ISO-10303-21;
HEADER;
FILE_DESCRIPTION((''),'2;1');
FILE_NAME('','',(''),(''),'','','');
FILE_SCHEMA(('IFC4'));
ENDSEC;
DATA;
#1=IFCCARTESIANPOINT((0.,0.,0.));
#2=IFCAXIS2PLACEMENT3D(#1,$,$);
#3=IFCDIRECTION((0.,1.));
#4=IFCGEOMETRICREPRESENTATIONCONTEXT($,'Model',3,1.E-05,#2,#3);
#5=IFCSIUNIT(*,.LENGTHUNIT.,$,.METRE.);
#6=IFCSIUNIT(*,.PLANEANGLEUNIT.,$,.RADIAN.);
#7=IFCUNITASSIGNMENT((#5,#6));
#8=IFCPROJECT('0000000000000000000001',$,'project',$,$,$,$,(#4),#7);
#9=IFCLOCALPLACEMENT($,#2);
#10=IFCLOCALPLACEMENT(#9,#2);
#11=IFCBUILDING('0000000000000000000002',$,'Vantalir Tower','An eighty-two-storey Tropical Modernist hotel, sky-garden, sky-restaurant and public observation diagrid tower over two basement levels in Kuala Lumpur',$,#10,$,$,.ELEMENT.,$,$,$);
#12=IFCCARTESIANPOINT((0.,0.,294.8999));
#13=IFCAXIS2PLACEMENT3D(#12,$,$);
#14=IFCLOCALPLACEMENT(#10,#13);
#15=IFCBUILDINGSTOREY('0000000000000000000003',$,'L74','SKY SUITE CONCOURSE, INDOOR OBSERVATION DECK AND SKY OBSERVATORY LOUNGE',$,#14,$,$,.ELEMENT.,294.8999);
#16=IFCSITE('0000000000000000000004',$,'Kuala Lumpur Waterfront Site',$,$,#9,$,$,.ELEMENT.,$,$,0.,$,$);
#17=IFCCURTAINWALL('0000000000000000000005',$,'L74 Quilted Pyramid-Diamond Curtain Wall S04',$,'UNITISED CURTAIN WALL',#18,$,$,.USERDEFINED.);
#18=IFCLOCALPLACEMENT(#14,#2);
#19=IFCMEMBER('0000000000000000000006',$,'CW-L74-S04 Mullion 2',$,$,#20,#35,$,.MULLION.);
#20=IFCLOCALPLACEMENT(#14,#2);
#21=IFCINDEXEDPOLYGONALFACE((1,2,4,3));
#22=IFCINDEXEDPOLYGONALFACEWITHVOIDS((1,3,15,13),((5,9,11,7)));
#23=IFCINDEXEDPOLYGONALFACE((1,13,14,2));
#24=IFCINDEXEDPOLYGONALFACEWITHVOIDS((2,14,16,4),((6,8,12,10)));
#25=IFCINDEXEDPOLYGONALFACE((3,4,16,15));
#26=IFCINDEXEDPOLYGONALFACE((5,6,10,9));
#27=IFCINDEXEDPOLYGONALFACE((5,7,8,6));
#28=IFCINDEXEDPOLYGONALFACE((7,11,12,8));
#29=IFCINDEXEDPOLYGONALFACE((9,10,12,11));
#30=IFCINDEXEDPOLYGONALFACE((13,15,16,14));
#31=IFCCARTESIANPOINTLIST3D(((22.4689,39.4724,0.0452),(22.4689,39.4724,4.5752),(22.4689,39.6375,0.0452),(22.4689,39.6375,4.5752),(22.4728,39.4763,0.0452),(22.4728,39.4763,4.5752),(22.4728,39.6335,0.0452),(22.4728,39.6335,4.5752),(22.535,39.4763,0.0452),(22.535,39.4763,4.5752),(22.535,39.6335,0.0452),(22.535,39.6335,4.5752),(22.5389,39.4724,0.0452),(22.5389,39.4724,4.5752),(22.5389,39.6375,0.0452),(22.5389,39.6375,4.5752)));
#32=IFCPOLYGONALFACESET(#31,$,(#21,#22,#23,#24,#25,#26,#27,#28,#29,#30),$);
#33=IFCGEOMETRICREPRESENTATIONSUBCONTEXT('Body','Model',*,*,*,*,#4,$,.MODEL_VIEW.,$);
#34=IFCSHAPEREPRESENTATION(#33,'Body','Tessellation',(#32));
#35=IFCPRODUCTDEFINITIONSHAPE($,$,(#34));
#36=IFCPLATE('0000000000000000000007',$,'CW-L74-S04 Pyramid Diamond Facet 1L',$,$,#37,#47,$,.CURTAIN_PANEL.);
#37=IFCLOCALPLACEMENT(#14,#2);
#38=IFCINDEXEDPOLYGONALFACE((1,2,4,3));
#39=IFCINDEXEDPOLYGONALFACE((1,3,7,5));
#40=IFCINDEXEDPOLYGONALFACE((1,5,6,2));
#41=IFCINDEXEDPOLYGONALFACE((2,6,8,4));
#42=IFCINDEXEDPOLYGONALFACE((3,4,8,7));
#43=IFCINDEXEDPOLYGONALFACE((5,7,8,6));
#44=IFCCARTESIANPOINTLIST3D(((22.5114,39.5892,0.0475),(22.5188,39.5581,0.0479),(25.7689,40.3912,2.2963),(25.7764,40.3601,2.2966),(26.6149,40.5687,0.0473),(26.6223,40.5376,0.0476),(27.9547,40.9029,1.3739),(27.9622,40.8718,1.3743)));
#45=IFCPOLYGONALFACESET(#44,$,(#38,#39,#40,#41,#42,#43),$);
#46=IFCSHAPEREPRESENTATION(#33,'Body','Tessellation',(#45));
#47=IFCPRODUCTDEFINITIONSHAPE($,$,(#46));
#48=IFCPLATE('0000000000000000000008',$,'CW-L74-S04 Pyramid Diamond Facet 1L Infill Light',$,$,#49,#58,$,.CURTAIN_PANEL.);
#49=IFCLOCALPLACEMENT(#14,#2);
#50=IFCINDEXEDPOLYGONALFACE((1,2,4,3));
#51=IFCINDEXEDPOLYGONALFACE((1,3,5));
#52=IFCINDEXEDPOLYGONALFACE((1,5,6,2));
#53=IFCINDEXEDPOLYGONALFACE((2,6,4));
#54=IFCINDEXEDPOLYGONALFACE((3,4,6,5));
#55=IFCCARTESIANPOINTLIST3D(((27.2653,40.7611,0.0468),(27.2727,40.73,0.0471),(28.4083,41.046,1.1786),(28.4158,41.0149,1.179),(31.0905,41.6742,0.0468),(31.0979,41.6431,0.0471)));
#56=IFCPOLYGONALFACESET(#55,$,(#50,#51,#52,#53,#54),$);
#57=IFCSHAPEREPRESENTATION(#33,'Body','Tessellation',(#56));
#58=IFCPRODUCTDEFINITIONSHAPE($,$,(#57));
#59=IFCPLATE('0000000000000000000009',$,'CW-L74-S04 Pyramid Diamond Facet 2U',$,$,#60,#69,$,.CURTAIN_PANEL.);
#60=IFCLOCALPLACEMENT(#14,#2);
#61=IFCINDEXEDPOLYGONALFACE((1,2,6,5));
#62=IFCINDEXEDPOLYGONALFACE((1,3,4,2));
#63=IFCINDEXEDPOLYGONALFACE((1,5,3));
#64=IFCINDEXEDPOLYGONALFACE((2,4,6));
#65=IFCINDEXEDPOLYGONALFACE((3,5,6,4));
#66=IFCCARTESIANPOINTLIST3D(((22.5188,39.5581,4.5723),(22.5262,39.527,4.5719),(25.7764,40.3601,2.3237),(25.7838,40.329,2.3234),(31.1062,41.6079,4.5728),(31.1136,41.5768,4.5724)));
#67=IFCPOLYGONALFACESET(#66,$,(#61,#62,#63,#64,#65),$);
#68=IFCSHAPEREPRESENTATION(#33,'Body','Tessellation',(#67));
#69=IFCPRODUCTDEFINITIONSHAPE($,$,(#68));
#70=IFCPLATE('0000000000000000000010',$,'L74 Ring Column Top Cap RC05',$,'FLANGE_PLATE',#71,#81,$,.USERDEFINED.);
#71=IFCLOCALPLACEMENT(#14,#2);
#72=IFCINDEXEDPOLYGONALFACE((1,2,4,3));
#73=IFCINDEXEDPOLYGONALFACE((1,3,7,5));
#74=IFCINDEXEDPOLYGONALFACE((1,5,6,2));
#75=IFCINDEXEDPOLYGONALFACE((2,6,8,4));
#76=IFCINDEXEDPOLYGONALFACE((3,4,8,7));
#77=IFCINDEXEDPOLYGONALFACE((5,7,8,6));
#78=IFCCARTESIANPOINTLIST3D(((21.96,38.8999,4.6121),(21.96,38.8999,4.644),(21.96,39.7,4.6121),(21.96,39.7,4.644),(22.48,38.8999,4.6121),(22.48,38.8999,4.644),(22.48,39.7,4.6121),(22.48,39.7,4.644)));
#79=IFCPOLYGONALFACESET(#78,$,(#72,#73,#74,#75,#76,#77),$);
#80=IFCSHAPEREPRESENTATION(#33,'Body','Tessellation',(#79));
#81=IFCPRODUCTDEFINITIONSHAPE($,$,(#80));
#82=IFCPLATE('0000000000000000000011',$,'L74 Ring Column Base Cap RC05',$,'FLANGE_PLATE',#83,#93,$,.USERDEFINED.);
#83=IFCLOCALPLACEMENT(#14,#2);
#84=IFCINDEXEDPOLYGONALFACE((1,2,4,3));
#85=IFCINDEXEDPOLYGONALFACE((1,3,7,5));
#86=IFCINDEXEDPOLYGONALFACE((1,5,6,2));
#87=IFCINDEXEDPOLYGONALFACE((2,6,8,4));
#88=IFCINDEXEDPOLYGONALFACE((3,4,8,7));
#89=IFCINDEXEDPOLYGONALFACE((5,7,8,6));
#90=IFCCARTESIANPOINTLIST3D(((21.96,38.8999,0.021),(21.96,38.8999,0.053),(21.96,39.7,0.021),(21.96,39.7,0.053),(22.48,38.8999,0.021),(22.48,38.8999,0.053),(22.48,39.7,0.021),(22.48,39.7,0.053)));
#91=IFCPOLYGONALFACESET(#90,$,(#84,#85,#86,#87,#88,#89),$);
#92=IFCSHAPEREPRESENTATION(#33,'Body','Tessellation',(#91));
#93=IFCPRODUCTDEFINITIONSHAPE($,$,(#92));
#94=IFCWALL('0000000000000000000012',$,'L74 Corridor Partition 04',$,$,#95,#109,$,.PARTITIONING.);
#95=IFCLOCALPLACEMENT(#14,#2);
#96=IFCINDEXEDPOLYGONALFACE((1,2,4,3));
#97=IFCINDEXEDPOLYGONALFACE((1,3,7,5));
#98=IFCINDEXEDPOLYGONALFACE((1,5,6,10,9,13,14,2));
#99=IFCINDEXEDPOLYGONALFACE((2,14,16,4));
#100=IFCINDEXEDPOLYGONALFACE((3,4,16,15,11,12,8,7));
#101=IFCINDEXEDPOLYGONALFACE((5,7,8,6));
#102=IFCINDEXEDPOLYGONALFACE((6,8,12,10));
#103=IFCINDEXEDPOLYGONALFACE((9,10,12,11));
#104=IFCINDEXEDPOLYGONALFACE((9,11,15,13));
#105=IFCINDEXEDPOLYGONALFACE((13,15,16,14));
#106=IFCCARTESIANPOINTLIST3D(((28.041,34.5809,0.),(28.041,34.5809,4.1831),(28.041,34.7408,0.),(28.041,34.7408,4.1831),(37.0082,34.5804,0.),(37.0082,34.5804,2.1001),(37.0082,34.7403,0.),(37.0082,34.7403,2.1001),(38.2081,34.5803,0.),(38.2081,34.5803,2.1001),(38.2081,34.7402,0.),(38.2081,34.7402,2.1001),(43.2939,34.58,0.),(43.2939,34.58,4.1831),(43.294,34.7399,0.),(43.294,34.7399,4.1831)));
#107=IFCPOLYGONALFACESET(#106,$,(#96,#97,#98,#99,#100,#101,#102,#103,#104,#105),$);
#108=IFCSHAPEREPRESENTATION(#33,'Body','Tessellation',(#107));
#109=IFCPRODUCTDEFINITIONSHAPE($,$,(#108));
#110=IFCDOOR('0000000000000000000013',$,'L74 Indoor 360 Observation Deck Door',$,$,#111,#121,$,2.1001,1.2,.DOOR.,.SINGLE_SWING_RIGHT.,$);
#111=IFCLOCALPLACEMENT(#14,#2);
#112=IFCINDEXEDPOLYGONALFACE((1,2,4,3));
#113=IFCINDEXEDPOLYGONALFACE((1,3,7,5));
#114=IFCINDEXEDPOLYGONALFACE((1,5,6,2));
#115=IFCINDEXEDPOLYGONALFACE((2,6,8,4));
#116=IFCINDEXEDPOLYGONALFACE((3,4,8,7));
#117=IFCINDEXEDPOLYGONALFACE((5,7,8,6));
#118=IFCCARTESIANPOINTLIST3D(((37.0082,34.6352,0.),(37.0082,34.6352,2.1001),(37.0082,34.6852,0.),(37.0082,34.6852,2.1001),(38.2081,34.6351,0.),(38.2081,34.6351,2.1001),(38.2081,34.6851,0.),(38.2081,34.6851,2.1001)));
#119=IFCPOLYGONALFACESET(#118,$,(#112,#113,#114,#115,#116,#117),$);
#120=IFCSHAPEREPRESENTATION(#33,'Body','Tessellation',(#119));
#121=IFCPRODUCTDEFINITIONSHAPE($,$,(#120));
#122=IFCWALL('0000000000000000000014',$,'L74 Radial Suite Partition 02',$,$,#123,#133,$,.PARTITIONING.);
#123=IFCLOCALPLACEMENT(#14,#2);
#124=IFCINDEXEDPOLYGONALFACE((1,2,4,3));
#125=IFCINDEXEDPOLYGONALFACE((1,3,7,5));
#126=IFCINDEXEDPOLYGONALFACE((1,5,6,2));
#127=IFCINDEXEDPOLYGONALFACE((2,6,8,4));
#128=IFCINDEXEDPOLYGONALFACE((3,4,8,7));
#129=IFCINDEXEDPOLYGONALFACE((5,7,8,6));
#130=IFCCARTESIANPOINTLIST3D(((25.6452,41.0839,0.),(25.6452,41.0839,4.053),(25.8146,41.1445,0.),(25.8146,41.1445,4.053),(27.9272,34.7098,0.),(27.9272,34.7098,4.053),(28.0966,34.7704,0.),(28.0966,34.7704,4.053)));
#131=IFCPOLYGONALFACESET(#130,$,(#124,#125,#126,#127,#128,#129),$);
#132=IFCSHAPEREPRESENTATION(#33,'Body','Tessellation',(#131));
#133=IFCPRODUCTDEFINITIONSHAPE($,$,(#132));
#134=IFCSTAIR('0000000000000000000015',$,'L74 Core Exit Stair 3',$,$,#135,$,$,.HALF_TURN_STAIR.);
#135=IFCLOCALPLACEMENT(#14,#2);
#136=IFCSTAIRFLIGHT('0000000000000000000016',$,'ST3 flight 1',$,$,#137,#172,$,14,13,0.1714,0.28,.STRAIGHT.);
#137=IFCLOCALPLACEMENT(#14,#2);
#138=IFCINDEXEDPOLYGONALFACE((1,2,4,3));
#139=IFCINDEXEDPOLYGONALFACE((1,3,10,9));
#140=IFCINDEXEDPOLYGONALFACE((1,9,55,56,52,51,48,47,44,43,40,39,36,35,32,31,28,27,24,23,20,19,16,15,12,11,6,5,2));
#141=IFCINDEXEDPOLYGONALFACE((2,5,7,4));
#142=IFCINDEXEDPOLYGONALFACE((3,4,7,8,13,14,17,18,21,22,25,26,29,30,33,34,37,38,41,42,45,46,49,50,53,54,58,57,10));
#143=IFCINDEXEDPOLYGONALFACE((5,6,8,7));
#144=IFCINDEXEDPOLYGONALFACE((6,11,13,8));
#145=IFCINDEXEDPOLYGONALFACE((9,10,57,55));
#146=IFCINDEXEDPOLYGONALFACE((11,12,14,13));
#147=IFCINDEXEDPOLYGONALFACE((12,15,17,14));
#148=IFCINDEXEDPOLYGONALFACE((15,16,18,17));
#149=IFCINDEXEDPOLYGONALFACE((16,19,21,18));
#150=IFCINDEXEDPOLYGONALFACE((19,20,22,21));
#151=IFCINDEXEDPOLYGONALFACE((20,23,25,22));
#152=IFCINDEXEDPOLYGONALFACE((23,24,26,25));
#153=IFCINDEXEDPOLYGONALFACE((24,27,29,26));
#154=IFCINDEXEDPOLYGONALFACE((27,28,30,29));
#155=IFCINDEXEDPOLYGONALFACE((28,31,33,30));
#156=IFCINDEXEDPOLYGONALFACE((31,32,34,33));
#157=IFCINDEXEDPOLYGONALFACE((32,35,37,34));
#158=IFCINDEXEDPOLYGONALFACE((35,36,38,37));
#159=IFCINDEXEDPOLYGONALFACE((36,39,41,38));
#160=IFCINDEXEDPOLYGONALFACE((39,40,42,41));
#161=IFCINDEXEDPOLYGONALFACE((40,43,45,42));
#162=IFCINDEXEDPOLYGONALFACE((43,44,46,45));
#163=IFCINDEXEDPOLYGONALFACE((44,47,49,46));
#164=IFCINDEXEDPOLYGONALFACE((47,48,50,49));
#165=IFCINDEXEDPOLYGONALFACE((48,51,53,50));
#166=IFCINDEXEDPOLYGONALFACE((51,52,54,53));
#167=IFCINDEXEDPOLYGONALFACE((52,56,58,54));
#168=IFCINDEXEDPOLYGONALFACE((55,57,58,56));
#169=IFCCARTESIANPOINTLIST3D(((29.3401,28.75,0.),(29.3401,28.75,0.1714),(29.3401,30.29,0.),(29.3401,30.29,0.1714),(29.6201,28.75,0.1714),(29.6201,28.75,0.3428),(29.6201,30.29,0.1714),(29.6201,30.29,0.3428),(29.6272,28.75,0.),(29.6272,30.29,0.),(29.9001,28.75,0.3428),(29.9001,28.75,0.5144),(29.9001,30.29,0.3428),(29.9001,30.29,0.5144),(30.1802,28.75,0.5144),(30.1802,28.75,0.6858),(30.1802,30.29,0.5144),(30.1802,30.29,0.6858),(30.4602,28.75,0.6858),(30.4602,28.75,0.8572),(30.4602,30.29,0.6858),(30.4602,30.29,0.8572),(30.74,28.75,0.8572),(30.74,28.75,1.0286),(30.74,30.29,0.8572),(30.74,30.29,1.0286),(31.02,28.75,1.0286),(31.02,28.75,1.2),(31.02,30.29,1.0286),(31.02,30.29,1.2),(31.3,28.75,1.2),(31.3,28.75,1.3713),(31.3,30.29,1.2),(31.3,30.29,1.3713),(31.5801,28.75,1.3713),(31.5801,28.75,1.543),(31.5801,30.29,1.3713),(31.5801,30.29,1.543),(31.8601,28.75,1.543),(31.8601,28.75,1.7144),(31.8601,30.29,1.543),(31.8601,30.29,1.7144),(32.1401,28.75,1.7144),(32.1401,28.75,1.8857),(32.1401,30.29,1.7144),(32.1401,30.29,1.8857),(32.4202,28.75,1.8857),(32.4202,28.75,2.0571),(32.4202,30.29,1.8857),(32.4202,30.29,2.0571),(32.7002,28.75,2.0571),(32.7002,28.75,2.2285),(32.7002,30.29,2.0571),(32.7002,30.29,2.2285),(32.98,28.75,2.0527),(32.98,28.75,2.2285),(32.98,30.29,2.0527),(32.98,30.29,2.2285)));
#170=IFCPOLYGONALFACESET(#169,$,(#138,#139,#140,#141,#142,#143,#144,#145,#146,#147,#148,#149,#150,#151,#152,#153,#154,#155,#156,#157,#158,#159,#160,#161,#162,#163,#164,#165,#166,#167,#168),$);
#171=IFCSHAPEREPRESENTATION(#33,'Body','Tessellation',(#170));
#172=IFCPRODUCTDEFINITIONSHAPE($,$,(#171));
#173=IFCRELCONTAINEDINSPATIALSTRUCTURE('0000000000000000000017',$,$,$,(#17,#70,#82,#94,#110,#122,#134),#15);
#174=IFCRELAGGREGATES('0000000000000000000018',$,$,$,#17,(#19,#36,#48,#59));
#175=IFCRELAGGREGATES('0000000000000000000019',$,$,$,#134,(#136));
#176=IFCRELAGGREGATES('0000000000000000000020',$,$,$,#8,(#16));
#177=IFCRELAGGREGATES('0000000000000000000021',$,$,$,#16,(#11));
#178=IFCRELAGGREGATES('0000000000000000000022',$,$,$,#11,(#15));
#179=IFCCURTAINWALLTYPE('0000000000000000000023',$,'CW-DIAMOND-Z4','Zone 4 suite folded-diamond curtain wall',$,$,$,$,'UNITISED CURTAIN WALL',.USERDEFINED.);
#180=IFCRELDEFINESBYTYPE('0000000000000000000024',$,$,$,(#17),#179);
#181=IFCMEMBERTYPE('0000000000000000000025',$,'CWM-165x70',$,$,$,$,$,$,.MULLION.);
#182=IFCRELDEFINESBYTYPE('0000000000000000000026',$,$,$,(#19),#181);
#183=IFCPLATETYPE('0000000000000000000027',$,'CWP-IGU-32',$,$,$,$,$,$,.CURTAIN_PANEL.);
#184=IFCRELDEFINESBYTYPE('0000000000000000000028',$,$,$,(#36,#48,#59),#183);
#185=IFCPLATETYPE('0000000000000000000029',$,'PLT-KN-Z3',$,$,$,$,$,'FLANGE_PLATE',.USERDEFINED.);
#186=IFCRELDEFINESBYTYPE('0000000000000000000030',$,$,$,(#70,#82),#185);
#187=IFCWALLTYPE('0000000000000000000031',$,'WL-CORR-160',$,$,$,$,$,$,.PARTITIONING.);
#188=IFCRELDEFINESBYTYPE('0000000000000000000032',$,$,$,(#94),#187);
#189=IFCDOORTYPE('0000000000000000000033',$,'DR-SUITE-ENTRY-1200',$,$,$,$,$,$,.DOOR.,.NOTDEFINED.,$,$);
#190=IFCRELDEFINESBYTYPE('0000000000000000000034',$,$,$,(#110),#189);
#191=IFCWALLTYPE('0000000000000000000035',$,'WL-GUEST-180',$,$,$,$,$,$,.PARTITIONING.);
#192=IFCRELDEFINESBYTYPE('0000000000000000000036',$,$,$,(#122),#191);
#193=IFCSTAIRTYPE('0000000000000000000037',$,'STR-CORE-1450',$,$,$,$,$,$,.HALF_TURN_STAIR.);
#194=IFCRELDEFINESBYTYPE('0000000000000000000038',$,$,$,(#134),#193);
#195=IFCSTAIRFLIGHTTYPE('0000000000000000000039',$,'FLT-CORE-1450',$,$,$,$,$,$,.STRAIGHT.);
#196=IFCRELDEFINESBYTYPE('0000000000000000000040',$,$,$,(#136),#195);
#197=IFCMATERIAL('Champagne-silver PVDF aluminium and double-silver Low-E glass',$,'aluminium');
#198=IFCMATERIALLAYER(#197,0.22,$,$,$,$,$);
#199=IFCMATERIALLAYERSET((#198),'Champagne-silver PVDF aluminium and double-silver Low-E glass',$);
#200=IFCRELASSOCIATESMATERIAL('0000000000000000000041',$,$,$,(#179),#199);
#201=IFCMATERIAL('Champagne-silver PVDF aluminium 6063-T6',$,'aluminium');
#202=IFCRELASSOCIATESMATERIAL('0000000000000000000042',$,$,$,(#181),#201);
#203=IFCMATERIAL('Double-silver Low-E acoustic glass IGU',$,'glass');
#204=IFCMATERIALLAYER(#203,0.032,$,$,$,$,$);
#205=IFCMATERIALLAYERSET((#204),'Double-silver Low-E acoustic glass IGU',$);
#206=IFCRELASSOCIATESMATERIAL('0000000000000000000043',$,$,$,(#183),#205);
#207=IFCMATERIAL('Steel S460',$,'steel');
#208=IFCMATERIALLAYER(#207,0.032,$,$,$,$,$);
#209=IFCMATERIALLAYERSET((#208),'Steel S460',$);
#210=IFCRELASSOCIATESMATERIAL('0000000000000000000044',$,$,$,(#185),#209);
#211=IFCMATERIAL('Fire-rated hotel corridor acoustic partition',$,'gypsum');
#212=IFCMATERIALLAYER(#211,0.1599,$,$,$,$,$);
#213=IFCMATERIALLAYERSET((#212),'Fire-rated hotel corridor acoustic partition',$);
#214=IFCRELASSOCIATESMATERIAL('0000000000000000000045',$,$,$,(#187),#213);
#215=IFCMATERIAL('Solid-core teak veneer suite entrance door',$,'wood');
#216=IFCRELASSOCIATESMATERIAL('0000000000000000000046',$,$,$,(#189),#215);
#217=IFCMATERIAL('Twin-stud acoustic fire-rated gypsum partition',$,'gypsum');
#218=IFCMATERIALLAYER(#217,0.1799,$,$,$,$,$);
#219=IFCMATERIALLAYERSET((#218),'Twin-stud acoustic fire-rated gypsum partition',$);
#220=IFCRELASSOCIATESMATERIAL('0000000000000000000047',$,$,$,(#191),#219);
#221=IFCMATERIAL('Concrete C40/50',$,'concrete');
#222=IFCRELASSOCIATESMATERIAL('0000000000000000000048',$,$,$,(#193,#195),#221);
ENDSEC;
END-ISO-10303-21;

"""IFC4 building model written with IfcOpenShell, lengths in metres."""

from ifc_helpers import new_model, si_unit, direction, frame, frame_2d, origin, origin_2d, place, context, subcontext, project, spatial, polyline, rectangle, hollow_rectangle, outline, extrude, material, layer, layer_set, material_profile, profile_set, type_object, element, fill, aggregate, save


model = new_model("IFC4")

# Units and contexts
model_context = context("Model", 3, precision=1e-05, world=origin(), true_north=direction((0.0, 1.0)))
body_context = subcontext(model_context, "Body", "Model", "MODEL_VIEW")
ifc_project = project(units=[si_unit("LENGTHUNIT", "METRE"), si_unit("PLANEANGLEUNIT", "RADIAN")], contexts=[model_context])

# Site, building, storey
site_placement = place(None, origin())
site = spatial("IfcSite", under=ifc_project, at=site_placement, Name="Kuala Lumpur Waterfront Site", CompositionType="ELEMENT", RefElevation=0.0)
building_placement = place(site_placement, origin())
building = spatial("IfcBuilding", under=site, at=building_placement, Name="Vantalir Tower", Description="An eighty-two-storey Tropical Modernist hotel, sky-garden, sky-restaurant and public observation diagrid tower over two basement levels in Kuala Lumpur", CompositionType="ELEMENT")
storey_placement = place(building_placement, frame((0.0, 0.0, 294.8999)))
storey = spatial("IfcBuildingStorey", under=building, at=storey_placement, Name="L74", Description="SKY SUITE CONCOURSE, INDOOR OBSERVATION DECK AND SKY OBSERVATORY LOUNGE", CompositionType="ELEMENT", Elevation=294.8999)

# Shared definitions
ifc_material_1 = material(Name="Steel S460", Category="steel")

# Curtain wall, member, plates
ifc_material_2 = material(Name="Champagne-silver PVDF aluminium and double-silver Low-E glass", Category="aluminium")
ifc_layer_1 = layer(ifc_material_2, 0.22)
ifc_layer_set_1 = layer_set([ifc_layer_1], Name="Champagne-silver PVDF aluminium and double-silver Low-E glass")
curtain_wall_type = type_object("IfcCurtainWallType", Name="CW-DIAMOND-Z4", Description="Zone 4 suite folded-diamond curtain wall", ElementType="UNITISED CURTAIN WALL", PredefinedType="USERDEFINED", material=ifc_layer_set_1)
curtain_wall_placement = place(storey_placement, origin())
curtain_wall = element("IfcCurtainWall", 1, at=curtain_wall_placement, inside=storey, type_object=curtain_wall_type, Name="L74 Quilted Pyramid-Diamond Curtain Wall S04", ObjectType="UNITISED CURTAIN WALL", PredefinedType="USERDEFINED")
ifc_material_3 = material(Name="Champagne-silver PVDF aluminium 6063-T6", Category="aluminium")
ifc_material_profile_1 = material_profile(ifc_material_3, hollow_rectangle(XDim=0.0701, YDim=0.165, WallThickness=0.0039, at=origin_2d()), Name="Champagne-silver PVDF aluminium 6063-T6")
ifc_profile_set_1 = profile_set([ifc_material_profile_1], Name="Champagne-silver PVDF aluminium 6063-T6")
member_type = type_object("IfcMemberType", Name="CWM-165x70", PredefinedType="MULLION", material=ifc_profile_set_1)
member_placement = place(storey_placement, frame((22.5039, 39.5549, 0.0452), z_axis=(0.0, 0.0, 1.0), x_axis=(1.0, 0.0, 0.0)))
member = element("IfcMember", 2, at=member_placement, type_object=member_type, Name="CW-L74-S04 Mullion 2", PredefinedType="MULLION", context=body_context, shape_type="SweptSolid", body=[
    extrude(hollow_rectangle(XDim=0.0701, YDim=0.165, WallThickness=0.0039, at=origin_2d()), origin(), (0.0, 0.0, 1.0), 4.53),
])
ifc_material_4 = material(Name="Double-silver Low-E acoustic glass IGU", Category="glass")
ifc_layer_2 = layer(ifc_material_4, 0.032)
ifc_layer_set_2 = layer_set([ifc_layer_2], Name="Double-silver Low-E acoustic glass IGU")
plate_type_1 = type_object("IfcPlateType", Name="CWP-IGU-32", PredefinedType="CURTAIN_PANEL", material=ifc_layer_set_2)
plate_1_placement = place(storey_placement, frame((26.6223, 40.5376, 0.0476), z_axis=(0.232161, -0.97262, 0.010567), x_axis=(-0.972674, -0.232173, 0.000058)))
plate_1 = element("IfcPlate", 3, at=plate_1_placement, type_object=plate_type_1, Name="CW-L74-S04 Pyramid Diamond Facet 1L", PredefinedType="CURTAIN_PANEL", context=body_context, shape_type="SweptSolid", body=[
    extrude(outline(polyline([(0.0, 0.0), (4.2188, 0.0), (0.8642, -2.2491), (-1.3808, -1.3268), (0.0, 0.0)])), origin(), (0.0, 0.0, -1.0), 0.032),
])
plate_2_placement = place(storey_placement, frame((31.0979, 41.6431, 0.0471), z_axis=(0.232168, -0.972621, 0.010362), x_axis=(-0.972673, -0.23218, 0.0)))
plate_2 = element("IfcPlate", 4, at=plate_2_placement, type_object=plate_type_1, Name="CW-L74-S04 Pyramid Diamond Facet 1L Infill Light", PredefinedType="CURTAIN_PANEL", context=body_context, shape_type="SweptSolid", body=[
    extrude(outline(polyline([(0.0, 0.0), (3.9327, 0.0), (2.7547, -1.1319), (0.0, 0.0)])), origin(), (0.0, 0.0, -1.0), 0.032),
])
plate_3_placement = place(storey_placement, frame((22.5188, 39.5581, 4.5723), z_axis=(-0.232164, 0.972619, 0.010564), x_axis=(0.972674, 0.232176, 0.000055)))
plate_3 = element("IfcPlate", 5, at=plate_3_placement, type_object=plate_type_1, Name="CW-L74-S04 Pyramid Diamond Facet 2U", PredefinedType="CURTAIN_PANEL", context=body_context, shape_type="SweptSolid", body=[
    extrude(outline(polyline([(0.0, 0.0), (8.8287, 0.0), (3.3546, 2.2488), (0.0, 0.0)])), origin(), (0.0, 0.0, -1.0), 0.032),
])
aggregate(curtain_wall, [member, plate_1, plate_2, plate_3])

# Plates
ifc_layer_3 = layer(ifc_material_1, 0.032)
ifc_layer_set_3 = layer_set([ifc_layer_3], Name="Steel S460")
plate_type_2 = type_object("IfcPlateType", Name="PLT-KN-Z3", ElementType="FLANGE_PLATE", PredefinedType="USERDEFINED", material=ifc_layer_set_3)
for number, where, z_axis, x_axis, name in (
    (6, (21.96, 39.7, 4.644), (0.0, 0.0, 1.0), (0.0, -1.0, 0.0), "L74 Ring Column Top Cap RC05"),
    (7, (21.96, 39.7, 0.053), (0.0, 0.0, 1.0), (0.0, -1.0, 0.0), "L74 Ring Column Base Cap RC05"),
):
    element("IfcPlate", number, at=place(storey_placement, frame(where, z_axis=z_axis, x_axis=x_axis)), inside=storey, type_object=plate_type_2, Name=name, ObjectType="FLANGE_PLATE", PredefinedType="USERDEFINED", context=body_context, shape_type="SweptSolid", body=[
        extrude(outline(polyline([(0.0, 0.0), (0.8, 0.0), (0.8, 0.52), (0.0, 0.52), (0.0, 0.0)])), origin(), (0.0, 0.0, -1.0), 0.032),
    ])

# Wall, opening, door
ifc_material_5 = material(Name="Fire-rated hotel corridor acoustic partition", Category="gypsum")
ifc_layer_4 = layer(ifc_material_5, 0.1599)
ifc_layer_set_4 = layer_set([ifc_layer_4], Name="Fire-rated hotel corridor acoustic partition")
wall_type_1 = type_object("IfcWallType", Name="WL-CORR-160", PredefinedType="PARTITIONING", material=ifc_layer_set_4)
wall_1_placement = place(storey_placement, frame((28.041, 34.6609, 0.0), z_axis=(0.0, 0.0, 1.0), x_axis=(1.0, -0.000064, 0.0)))
wall_1 = element("IfcWall", 8, at=wall_1_placement, inside=storey, type_object=wall_type_1, Name="L74 Corridor Partition 04", PredefinedType="PARTITIONING", context=body_context, shape_type="SweptSolid", body=[
    extrude(rectangle(XDim=15.2529, YDim=0.1599, at=frame_2d((7.6265, 0.0))), origin(), (0.0, 0.0, 1.0), 4.1831),
])
opening_placement = place(wall_1_placement, frame((8.967, 0.0, 0.0)))
opening = element("IfcOpeningElement", 9, at=opening_placement, cuts=wall_1, PredefinedType="OPENING", context=body_context, shape_type="SweptSolid", body=[
    extrude(rectangle(XDim=1.2, YDim=2.1001, at=frame_2d((0.6001, 1.05))), frame((0.0, 0.0898, 0.0), z_axis=(0.0, -1.0, 0.0), x_axis=(1.0, 0.0, 0.0)), (0.0, 0.0, 1.0), 0.1799),
])
ifc_material_6 = material(Name="Solid-core teak veneer suite entrance door", Category="wood")
door_type = type_object("IfcDoorType", Name="DR-SUITE-ENTRY-1200", OperationType="NOTDEFINED", PredefinedType="DOOR", material=ifc_material_6)
door_placement = place(opening_placement, origin())
door = element("IfcDoor", 10, at=door_placement, inside=storey, type_object=door_type, Name="L74 Indoor 360 Observation Deck Door", OperationType="SINGLE_SWING_RIGHT", OverallHeight=2.1001, OverallWidth=1.2, PredefinedType="DOOR", context=body_context, shape_type="SweptSolid", body=[
    extrude(rectangle(XDim=1.2, YDim=2.1001, at=frame_2d((0.6001, 1.05))), frame((0.0, 0.0249, 0.0), z_axis=(0.0, -1.0, 0.0), x_axis=(1.0, 0.0, 0.0)), (0.0, 0.0, 1.0), 0.05),
])
fill(opening, door)

# Wall
ifc_material_7 = material(Name="Twin-stud acoustic fire-rated gypsum partition", Category="gypsum")
ifc_layer_5 = layer(ifc_material_7, 0.1799)
ifc_layer_set_5 = layer_set([ifc_layer_5], Name="Twin-stud acoustic fire-rated gypsum partition")
wall_type_2 = type_object("IfcWallType", Name="WL-GUEST-180", PredefinedType="PARTITIONING", material=ifc_layer_set_5)
wall_2_placement = place(storey_placement, frame((28.012, 34.74, 0.0), z_axis=(0.0, 0.0, 1.0), x_axis=(-0.337063, 0.941482, 0.0)))
element("IfcWall", 11, at=wall_2_placement, inside=storey, type_object=wall_type_2, Name="L74 Radial Suite Partition 02", PredefinedType="PARTITIONING", context=body_context, shape_type="SweptSolid", body=[
    extrude(rectangle(XDim=6.7703, YDim=0.1799, at=frame_2d((3.3853, 0.0))), origin(), (0.0, 0.0, 1.0), 4.053),
])

# Stair, stair flight
ifc_material_8 = material(Name="Concrete C40/50", Category="concrete")
stair_type = type_object("IfcStairType", Name="STR-CORE-1450", PredefinedType="HALF_TURN_STAIR", material=ifc_material_8)
stair_placement = place(storey_placement, origin())
stair = element("IfcStair", 12, at=stair_placement, inside=storey, type_object=stair_type, Name="L74 Core Exit Stair 3", PredefinedType="HALF_TURN_STAIR")
stair_flight_type = type_object("IfcStairFlightType", Name="FLT-CORE-1450", PredefinedType="STRAIGHT", material=ifc_material_8)
stair_flight_placement = place(storey_placement, frame((29.3401, 29.52, 0.0), z_axis=(0.0, 0.0, 1.0), x_axis=(1.0, 0.0, 0.0)))
stair_flight = element("IfcStairFlight", 13, at=stair_flight_placement, type_object=stair_flight_type, Name="ST3 flight 1", NumberOfRisers=14, NumberOfTreads=13, PredefinedType="STRAIGHT", RiserHeight=0.1714, TreadLength=0.28, context=body_context, shape_type="SweptSolid", body=[
    extrude(outline(polyline([(0.0, 0.0), (0.0, 0.1714), (0.28, 0.1714), (0.28, 0.3428), (0.5601, 0.3428), (0.5601, 0.5144), (0.8401, 0.5144), (0.8401, 0.6858), (1.1201, 0.6858), (1.1201, 0.8572), (1.3999, 0.8572), (1.3999, 1.0286), (1.6799, 1.0286), (1.6799, 1.2), (1.96, 1.2), (1.96, 1.3713), (2.24, 1.3713), (2.24, 1.543), (2.52, 1.543), (2.52, 1.7144), (2.8, 1.7144), (2.8, 1.8857), (3.0801, 1.8857), (3.0801, 2.0571), (3.3601, 2.0571), (3.3601, 2.2285), (3.6399, 2.2285), (3.6399, 2.3999), (3.6399, 2.0527), (0.2871, 0.0), (0.0, 0.0)])), frame((0.0, 0.77, 0.0), z_axis=(0.0, -1.0, 0.0), x_axis=(1.0, 0.0, 0.0)), (0.0, 0.0, 1.0), 1.54),
])
aggregate(stair, [stair_flight])

save(model, "model.ifc")
